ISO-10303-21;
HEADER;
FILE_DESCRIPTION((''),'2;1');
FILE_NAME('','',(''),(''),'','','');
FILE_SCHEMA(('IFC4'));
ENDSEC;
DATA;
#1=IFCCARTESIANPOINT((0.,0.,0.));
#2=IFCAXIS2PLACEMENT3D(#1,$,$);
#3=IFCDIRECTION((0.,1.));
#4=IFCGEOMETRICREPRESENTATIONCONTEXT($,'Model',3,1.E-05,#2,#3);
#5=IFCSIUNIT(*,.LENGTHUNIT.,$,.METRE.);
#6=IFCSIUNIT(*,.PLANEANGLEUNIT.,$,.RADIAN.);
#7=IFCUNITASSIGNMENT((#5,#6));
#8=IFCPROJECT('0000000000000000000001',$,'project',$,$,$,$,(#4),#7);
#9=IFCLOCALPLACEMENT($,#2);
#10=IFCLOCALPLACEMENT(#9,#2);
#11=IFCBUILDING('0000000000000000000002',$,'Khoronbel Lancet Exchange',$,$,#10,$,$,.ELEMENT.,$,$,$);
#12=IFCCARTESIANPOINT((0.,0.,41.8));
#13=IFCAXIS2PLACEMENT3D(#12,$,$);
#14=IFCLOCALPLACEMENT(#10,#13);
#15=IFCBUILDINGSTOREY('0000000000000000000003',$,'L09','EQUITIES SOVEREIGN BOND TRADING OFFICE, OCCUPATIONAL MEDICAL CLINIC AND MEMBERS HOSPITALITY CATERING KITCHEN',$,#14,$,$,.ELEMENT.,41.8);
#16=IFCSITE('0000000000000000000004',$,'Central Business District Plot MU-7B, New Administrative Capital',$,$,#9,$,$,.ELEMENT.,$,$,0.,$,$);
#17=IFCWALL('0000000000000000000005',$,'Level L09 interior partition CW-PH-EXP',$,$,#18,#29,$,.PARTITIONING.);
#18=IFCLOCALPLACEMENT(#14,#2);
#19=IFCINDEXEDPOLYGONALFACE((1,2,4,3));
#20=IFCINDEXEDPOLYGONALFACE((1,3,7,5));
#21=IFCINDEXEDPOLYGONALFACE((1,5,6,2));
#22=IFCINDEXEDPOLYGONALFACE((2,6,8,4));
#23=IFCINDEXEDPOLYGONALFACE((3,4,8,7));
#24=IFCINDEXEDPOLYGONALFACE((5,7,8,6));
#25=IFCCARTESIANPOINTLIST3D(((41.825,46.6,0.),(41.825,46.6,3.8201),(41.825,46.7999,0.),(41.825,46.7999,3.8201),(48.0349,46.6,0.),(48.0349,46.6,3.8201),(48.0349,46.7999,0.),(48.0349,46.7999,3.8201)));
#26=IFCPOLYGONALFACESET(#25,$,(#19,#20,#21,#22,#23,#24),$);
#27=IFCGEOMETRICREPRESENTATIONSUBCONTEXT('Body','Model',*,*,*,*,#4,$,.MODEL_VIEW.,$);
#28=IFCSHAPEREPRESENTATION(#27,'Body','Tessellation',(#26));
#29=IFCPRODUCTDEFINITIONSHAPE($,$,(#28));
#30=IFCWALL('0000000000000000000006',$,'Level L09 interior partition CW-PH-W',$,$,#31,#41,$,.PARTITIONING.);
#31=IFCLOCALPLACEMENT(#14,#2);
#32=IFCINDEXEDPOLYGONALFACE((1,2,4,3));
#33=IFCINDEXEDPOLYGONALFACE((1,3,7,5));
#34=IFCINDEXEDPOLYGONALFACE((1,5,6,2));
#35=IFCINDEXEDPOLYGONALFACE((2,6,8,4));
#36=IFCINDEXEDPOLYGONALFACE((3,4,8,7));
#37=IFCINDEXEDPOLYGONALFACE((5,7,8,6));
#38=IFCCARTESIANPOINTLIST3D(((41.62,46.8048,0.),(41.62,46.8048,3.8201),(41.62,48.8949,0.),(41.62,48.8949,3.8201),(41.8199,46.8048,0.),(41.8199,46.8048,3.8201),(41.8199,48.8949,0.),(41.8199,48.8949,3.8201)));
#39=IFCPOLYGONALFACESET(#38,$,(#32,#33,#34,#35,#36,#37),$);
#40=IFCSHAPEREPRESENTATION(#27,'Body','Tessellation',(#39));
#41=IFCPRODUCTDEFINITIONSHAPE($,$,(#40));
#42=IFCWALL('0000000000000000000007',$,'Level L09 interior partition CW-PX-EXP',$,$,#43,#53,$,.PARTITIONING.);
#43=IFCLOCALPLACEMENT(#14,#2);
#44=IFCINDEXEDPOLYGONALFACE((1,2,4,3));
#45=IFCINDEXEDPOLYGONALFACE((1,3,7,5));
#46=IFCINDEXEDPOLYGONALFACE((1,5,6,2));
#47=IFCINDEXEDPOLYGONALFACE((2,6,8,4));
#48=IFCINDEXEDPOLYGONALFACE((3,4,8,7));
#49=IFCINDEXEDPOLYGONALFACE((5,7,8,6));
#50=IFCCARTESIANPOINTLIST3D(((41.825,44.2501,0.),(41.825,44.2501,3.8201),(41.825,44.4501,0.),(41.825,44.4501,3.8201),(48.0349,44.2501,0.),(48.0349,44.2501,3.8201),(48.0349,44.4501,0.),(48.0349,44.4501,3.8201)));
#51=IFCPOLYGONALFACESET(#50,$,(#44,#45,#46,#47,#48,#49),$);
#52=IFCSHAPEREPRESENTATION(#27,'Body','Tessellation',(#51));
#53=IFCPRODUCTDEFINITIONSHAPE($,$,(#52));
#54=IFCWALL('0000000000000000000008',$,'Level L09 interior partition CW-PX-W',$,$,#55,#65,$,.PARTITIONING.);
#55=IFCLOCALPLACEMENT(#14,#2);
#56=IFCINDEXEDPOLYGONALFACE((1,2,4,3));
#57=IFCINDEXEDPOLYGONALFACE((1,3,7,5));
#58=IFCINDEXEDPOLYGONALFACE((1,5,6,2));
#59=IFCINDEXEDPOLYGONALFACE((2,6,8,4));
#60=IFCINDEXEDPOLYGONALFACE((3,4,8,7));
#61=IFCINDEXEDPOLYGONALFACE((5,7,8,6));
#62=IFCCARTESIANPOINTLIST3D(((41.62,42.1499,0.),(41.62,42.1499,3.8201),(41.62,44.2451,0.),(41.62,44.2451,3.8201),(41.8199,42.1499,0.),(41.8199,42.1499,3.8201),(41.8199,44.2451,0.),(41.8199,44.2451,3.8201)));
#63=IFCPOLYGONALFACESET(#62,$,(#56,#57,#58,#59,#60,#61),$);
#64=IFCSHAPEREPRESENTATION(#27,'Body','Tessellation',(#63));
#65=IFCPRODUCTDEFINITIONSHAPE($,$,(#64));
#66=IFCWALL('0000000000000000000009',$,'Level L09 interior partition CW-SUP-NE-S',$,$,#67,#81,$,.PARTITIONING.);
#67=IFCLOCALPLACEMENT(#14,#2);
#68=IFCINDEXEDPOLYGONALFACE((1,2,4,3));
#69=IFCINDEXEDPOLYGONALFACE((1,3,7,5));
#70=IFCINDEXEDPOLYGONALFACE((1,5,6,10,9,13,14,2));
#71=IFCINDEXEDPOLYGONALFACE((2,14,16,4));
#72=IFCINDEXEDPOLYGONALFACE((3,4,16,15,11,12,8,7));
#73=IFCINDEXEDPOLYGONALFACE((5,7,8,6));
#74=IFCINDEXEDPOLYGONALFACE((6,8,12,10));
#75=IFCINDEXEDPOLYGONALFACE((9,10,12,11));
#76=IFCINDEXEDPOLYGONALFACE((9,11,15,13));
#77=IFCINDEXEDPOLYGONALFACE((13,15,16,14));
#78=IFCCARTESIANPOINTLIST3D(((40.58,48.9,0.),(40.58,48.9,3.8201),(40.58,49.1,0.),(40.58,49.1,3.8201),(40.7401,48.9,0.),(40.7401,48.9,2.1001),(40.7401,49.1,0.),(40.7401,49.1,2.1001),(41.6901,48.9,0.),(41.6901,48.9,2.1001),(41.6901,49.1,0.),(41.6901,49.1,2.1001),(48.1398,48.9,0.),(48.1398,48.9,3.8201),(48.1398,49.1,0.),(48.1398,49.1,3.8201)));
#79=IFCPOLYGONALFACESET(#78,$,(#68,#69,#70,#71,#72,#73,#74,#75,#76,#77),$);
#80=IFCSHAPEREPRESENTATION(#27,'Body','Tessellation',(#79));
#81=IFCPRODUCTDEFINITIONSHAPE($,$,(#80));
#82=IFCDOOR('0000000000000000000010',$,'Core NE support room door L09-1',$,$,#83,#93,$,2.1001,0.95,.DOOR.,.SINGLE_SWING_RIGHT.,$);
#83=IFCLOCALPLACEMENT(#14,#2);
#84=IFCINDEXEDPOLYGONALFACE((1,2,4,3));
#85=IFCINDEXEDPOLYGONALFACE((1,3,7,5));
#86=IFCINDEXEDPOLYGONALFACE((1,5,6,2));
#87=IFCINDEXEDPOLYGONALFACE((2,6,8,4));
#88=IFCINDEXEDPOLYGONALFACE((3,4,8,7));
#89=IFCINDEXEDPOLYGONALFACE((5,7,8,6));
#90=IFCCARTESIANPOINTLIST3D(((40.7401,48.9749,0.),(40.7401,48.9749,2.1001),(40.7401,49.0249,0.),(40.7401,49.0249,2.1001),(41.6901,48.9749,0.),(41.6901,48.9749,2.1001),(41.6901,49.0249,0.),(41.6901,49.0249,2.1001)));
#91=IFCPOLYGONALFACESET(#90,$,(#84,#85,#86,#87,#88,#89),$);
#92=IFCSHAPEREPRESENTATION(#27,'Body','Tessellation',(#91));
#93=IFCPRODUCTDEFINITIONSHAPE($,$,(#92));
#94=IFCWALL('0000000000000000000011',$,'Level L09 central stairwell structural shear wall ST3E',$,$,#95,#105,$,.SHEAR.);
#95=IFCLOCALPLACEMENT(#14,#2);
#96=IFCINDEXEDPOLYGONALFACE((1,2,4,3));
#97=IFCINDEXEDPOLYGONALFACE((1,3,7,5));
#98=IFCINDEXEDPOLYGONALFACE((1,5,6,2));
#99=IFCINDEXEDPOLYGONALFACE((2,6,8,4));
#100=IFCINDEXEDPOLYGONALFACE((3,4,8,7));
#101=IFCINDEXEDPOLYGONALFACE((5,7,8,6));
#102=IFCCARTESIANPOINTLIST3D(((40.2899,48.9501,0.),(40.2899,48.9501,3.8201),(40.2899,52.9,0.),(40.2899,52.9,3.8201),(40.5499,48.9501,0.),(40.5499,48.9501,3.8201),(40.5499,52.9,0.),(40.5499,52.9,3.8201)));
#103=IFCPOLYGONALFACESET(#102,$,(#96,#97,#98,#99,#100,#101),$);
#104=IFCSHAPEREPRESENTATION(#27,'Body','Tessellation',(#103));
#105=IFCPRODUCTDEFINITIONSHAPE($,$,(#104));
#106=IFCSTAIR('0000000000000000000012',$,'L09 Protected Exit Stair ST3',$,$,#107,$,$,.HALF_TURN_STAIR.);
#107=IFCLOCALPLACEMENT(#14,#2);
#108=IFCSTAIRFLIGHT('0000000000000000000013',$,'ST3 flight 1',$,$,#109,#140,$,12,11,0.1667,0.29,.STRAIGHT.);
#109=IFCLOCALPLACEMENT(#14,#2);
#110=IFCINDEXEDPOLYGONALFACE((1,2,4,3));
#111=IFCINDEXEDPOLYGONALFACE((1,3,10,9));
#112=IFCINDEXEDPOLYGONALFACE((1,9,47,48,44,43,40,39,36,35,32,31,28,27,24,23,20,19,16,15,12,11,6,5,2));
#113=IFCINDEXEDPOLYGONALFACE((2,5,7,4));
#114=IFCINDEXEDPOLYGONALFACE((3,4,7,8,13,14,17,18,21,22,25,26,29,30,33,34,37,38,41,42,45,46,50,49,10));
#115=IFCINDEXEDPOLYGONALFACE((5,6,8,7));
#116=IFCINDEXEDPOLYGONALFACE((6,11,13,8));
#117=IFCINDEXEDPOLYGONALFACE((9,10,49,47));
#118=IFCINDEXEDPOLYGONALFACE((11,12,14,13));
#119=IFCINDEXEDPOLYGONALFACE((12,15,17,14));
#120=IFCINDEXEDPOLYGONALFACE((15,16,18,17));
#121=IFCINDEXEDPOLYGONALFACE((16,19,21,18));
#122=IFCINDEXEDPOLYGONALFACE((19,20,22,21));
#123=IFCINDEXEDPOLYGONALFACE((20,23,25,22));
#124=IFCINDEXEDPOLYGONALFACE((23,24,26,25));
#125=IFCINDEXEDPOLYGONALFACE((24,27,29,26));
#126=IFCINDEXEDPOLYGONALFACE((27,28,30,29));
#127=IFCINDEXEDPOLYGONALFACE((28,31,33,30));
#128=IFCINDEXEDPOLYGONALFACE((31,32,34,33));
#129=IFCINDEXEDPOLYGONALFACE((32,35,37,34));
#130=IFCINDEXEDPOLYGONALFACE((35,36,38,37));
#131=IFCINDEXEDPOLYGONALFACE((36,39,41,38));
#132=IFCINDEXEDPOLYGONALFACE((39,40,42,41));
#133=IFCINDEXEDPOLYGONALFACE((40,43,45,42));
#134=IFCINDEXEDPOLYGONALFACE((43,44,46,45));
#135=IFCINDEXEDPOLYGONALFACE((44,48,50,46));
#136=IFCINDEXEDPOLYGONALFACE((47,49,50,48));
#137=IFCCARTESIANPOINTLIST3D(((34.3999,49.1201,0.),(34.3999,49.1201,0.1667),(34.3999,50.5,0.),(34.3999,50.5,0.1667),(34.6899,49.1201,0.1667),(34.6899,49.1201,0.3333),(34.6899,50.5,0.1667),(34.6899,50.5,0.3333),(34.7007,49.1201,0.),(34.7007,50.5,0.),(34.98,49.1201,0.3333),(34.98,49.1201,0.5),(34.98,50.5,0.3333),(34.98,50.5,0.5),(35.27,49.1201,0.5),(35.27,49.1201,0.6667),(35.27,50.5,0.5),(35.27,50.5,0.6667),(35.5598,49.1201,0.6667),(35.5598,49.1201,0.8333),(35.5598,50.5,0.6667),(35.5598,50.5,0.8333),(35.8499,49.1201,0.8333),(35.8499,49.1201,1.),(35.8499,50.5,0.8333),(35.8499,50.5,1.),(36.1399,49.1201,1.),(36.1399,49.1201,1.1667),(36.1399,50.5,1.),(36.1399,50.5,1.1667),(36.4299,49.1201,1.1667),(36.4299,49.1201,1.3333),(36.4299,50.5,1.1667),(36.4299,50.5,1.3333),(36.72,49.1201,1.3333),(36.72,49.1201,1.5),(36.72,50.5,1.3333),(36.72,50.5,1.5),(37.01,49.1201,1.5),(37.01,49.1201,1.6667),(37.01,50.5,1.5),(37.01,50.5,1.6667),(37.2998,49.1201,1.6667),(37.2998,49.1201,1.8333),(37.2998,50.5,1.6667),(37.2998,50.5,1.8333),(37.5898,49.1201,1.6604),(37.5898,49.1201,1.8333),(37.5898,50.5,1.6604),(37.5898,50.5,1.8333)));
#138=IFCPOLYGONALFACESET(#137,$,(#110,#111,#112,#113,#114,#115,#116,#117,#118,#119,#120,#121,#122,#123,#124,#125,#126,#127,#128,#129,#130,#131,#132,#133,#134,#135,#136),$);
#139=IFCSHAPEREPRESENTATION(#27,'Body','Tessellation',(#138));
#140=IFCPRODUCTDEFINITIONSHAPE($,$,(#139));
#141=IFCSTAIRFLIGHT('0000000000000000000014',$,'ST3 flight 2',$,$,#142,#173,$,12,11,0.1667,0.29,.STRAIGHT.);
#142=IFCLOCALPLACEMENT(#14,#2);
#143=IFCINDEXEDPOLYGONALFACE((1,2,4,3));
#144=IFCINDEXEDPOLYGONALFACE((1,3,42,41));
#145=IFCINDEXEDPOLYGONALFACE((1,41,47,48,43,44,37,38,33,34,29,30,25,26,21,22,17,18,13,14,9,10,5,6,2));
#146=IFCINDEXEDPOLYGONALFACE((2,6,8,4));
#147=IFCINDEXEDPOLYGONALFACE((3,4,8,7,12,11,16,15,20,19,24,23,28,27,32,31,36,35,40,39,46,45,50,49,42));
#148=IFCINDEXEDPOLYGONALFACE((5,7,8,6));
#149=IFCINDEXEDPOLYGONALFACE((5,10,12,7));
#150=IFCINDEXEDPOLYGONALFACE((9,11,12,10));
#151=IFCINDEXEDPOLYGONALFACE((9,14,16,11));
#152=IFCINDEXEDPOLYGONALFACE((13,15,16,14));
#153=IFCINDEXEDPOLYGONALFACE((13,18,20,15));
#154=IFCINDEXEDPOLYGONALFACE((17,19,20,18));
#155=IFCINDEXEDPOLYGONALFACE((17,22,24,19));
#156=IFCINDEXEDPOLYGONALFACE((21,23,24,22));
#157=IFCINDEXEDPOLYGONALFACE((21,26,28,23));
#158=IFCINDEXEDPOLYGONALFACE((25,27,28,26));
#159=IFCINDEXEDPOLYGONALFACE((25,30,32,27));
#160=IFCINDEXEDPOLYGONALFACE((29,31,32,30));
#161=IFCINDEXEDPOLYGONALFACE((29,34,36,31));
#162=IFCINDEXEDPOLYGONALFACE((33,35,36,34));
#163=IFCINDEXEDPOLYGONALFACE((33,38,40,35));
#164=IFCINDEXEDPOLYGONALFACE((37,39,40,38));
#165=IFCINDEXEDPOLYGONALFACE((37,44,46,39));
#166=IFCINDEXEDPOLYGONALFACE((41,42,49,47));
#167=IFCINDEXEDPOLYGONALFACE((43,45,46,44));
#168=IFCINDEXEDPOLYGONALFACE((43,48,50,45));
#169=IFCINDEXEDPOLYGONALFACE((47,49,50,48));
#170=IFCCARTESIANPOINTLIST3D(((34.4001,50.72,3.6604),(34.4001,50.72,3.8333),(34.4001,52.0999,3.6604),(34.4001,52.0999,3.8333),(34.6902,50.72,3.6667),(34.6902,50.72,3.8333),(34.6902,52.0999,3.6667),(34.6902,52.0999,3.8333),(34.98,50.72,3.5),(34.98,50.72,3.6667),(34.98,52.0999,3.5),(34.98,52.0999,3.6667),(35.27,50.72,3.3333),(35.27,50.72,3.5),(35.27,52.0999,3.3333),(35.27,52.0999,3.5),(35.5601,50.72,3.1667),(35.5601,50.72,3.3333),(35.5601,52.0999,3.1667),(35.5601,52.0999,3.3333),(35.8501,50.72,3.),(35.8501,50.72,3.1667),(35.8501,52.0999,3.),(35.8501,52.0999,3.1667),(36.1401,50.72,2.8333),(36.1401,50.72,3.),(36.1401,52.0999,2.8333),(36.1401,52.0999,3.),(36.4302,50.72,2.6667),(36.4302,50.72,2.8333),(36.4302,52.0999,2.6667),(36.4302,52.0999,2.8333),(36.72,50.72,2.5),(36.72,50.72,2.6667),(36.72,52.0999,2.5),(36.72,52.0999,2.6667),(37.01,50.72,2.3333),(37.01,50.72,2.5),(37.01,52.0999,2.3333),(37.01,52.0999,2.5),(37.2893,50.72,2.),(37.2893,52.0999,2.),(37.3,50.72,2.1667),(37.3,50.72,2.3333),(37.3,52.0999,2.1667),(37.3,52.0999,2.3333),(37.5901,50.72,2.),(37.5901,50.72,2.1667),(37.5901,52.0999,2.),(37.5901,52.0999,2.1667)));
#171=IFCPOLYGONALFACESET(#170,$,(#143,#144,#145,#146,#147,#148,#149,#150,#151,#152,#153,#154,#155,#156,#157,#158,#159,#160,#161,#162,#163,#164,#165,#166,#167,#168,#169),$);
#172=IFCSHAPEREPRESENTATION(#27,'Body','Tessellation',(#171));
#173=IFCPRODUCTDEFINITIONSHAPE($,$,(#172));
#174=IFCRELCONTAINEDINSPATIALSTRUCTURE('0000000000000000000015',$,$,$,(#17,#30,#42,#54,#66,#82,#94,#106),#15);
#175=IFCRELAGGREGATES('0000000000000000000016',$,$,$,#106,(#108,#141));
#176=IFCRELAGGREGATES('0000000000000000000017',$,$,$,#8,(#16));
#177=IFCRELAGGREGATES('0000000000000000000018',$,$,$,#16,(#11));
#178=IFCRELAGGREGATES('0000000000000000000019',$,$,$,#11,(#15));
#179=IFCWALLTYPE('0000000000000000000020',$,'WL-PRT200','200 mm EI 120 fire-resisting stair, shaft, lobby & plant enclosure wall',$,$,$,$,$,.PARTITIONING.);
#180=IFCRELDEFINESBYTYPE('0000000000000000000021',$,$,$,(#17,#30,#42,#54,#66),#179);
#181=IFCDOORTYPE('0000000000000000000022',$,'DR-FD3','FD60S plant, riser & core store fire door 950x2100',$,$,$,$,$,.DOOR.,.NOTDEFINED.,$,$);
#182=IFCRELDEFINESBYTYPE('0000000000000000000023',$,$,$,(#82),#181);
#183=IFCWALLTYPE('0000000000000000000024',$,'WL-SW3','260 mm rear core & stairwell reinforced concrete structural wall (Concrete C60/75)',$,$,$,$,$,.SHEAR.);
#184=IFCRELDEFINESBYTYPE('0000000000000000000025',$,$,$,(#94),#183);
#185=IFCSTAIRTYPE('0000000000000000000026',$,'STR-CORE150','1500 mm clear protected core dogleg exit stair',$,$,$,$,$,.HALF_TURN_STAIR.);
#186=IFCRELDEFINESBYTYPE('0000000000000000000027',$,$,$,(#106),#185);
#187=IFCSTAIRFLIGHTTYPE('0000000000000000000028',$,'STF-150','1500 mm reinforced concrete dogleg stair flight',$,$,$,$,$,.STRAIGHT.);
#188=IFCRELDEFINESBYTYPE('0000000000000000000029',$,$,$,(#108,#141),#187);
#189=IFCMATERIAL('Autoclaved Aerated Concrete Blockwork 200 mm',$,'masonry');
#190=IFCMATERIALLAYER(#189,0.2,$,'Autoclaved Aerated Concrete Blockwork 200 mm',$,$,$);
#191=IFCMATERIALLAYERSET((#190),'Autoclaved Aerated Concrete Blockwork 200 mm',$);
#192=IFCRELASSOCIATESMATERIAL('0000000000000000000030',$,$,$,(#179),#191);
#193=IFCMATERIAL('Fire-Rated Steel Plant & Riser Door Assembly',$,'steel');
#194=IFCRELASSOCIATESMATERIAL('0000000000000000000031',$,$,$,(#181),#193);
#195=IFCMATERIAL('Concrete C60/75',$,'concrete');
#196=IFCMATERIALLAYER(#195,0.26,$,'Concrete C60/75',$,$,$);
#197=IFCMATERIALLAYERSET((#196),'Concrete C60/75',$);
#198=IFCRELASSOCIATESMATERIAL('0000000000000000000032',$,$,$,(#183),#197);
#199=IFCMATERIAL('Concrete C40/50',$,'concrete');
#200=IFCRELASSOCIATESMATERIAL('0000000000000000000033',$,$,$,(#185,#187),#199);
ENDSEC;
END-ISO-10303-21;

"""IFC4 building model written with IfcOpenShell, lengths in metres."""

from ifc_helpers import new_model, si_unit, direction, frame, frame_2d, origin, place, context, subcontext, project, spatial, polyline, rectangle, outline, extrude, material, layer, layer_set, type_object, element, fill, aggregate, save


model = new_model("IFC4")

# Units and contexts
model_context = context("Model", 3, precision=1e-05, world=origin(), true_north=direction((0.0, 1.0)))
body_context = subcontext(model_context, "Body", "Model", "MODEL_VIEW")
ifc_project = project(units=[si_unit("LENGTHUNIT", "METRE"), si_unit("PLANEANGLEUNIT", "RADIAN")], contexts=[model_context])

# Site, building, storey
site_placement = place(None, origin())
site = spatial("IfcSite", under=ifc_project, at=site_placement, Name="Central Business District Plot MU-7B, New Administrative Capital", CompositionType="ELEMENT", RefElevation=0.0)
building_placement = place(site_placement, origin())
building = spatial("IfcBuilding", under=site, at=building_placement, Name="Khoronbel Lancet Exchange", CompositionType="ELEMENT")
storey_placement = place(building_placement, frame((0.0, 0.0, 41.8)))
storey = spatial("IfcBuildingStorey", under=building, at=storey_placement, Name="L09", Description="EQUITIES SOVEREIGN BOND TRADING OFFICE, OCCUPATIONAL MEDICAL CLINIC AND MEMBERS HOSPITALITY CATERING KITCHEN", CompositionType="ELEMENT", Elevation=41.8)

# Walls
ifc_material_1 = material(Name="Autoclaved Aerated Concrete Blockwork 200 mm", Category="masonry")
ifc_layer_1 = layer(ifc_material_1, 0.2, Name="Autoclaved Aerated Concrete Blockwork 200 mm")
ifc_layer_set_1 = layer_set([ifc_layer_1], Name="Autoclaved Aerated Concrete Blockwork 200 mm")
wall_type_1 = type_object("IfcWallType", Name="WL-PRT200", Description="200 mm EI 120 fire-resisting stair, shaft, lobby & plant enclosure wall", PredefinedType="PARTITIONING", material=ifc_layer_set_1)
wall_1_placement = place(storey_placement, frame((41.825, 46.7, 0.0), z_axis=(0.0, 0.0, 1.0), x_axis=(1.0, 0.0, 0.0)))
element("IfcWall", 1, at=wall_1_placement, inside=storey, type_object=wall_type_1, Name="Level L09 interior partition CW-PH-EXP", PredefinedType="PARTITIONING", context=body_context, shape_type="SweptSolid", body=[
    extrude(rectangle(XDim=6.21, YDim=0.2, at=frame_2d((3.105, 0.0))), origin(), (0.0, 0.0, 1.0), 3.8201),
])
wall_2_placement = place(storey_placement, frame((41.72, 46.8049, 0.0), z_axis=(0.0, 0.0, 1.0), x_axis=(0.0, 1.0, 0.0)))
element("IfcWall", 2, at=wall_2_placement, inside=storey, type_object=wall_type_1, Name="Level L09 interior partition CW-PH-W", PredefinedType="PARTITIONING", context=body_context, shape_type="SweptSolid", body=[
    extrude(rectangle(XDim=2.0901, YDim=0.2, at=frame_2d((1.0449, 0.0))), origin(), (0.0, 0.0, 1.0), 3.8201),
])
wall_3_placement = place(storey_placement, frame((41.825, 44.3501, 0.0), z_axis=(0.0, 0.0, 1.0), x_axis=(1.0, 0.0, 0.0)))
element("IfcWall", 3, at=wall_3_placement, inside=storey, type_object=wall_type_1, Name="Level L09 interior partition CW-PX-EXP", PredefinedType="PARTITIONING", context=body_context, shape_type="SweptSolid", body=[
    extrude(rectangle(XDim=6.21, YDim=0.2, at=frame_2d((3.105, 0.0))), origin(), (0.0, 0.0, 1.0), 3.8201),
])
wall_4_placement = place(storey_placement, frame((41.72, 42.1499, 0.0), z_axis=(0.0, 0.0, 1.0), x_axis=(0.0, 1.0, 0.0)))
element("IfcWall", 4, at=wall_4_placement, inside=storey, type_object=wall_type_1, Name="Level L09 interior partition CW-PX-W", PredefinedType="PARTITIONING", context=body_context, shape_type="SweptSolid", body=[
    extrude(rectangle(XDim=2.0952, YDim=0.2, at=frame_2d((1.0476, 0.0))), origin(), (0.0, 0.0, 1.0), 3.8201),
])

# Wall, opening, door
wall_5_placement = place(storey_placement, frame((40.5801, 49.0, 0.0), z_axis=(0.0, 0.0, 1.0), x_axis=(1.0, 0.0, 0.0)))
wall_5 = element("IfcWall", 5, at=wall_5_placement, inside=storey, type_object=wall_type_1, Name="Level L09 interior partition CW-SUP-NE-S", PredefinedType="PARTITIONING", context=body_context, shape_type="SweptSolid", body=[
    extrude(rectangle(XDim=7.5598, YDim=0.2, at=frame_2d((3.7798, 0.0))), origin(), (0.0, 0.0, 1.0), 3.8201),
])
opening_1_placement = place(wall_5_placement, frame((0.1599, 0.0, 0.0)))
opening_1 = element("IfcOpeningElement", 6, at=opening_1_placement, cuts=wall_5, PredefinedType="OPENING", context=body_context, shape_type="SweptSolid", body=[
    extrude(rectangle(XDim=0.95, YDim=2.1001, at=frame_2d((0.4751, 1.05))), frame((0.0, 0.1099, 0.0), z_axis=(0.0, -1.0, 0.0), x_axis=(1.0, 0.0, 0.0)), (0.0, 0.0, 1.0), 0.22),
])
ifc_material_2 = material(Name="Fire-Rated Steel Plant & Riser Door Assembly", Category="steel")
door_type_1 = type_object("IfcDoorType", Name="DR-FD3", Description="FD60S plant, riser & core store fire door 950x2100", OperationType="NOTDEFINED", PredefinedType="DOOR", material=ifc_material_2)
door_1_placement = place(opening_1_placement, origin())
door_1 = element("IfcDoor", 7, at=door_1_placement, inside=storey, type_object=door_type_1, Name="Core NE support room door L09-1", OperationType="SINGLE_SWING_RIGHT", OverallHeight=2.1001, OverallWidth=0.95, PredefinedType="DOOR", context=body_context, shape_type="SweptSolid", body=[
    extrude(rectangle(XDim=0.95, YDim=2.1001, at=frame_2d((0.4751, 1.05))), frame((0.0, 0.0249, 0.0), z_axis=(0.0, -1.0, 0.0), x_axis=(1.0, 0.0, 0.0)), (0.0, 0.0, 1.0), 0.05),
])
fill(opening_1, door_1)

# Wall
ifc_material_3 = material(Name="Concrete C60/75", Category="concrete")
ifc_layer_2 = layer(ifc_material_3, 0.26, Name="Concrete C60/75")
ifc_layer_set_2 = layer_set([ifc_layer_2], Name="Concrete C60/75")
wall_type_2 = type_object("IfcWallType", Name="WL-SW3", Description="260 mm rear core & stairwell reinforced concrete structural wall (Concrete C60/75)", PredefinedType="SHEAR", material=ifc_layer_set_2)
wall_6_placement = place(storey_placement, frame((40.4199, 48.95, 0.0), z_axis=(0.0, 0.0, 1.0), x_axis=(0.0, 1.0, 0.0)))
element("IfcWall", 8, at=wall_6_placement, inside=storey, type_object=wall_type_2, Name="Level L09 central stairwell structural shear wall ST3E", PredefinedType="SHEAR", context=body_context, shape_type="SweptSolid", body=[
    extrude(rectangle(XDim=3.95, YDim=0.26, at=frame_2d((1.9751, 0.0))), origin(), (0.0, 0.0, 1.0), 3.8201),
])

# Stair, stair flights
ifc_material_4 = material(Name="Concrete C40/50", Category="concrete")
stair_type = type_object("IfcStairType", Name="STR-CORE150", Description="1500 mm clear protected core dogleg exit stair", PredefinedType="HALF_TURN_STAIR", material=ifc_material_4)
stair_placement = place(storey_placement, origin())
stair = element("IfcStair", 9, at=stair_placement, inside=storey, type_object=stair_type, Name="L09 Protected Exit Stair ST3", PredefinedType="HALF_TURN_STAIR")
stair_flight_type = type_object("IfcStairFlightType", Name="STF-150", Description="1500 mm reinforced concrete dogleg stair flight", PredefinedType="STRAIGHT", material=ifc_material_4)
stair_flight_1_placement = place(storey_placement, frame((34.3999, 49.8101, 0.0), z_axis=(0.0, 0.0, 1.0), x_axis=(1.0, 0.0, 0.0)))
stair_flight_1 = element("IfcStairFlight", 10, at=stair_flight_1_placement, type_object=stair_flight_type, Name="ST3 flight 1", NumberOfRisers=12, NumberOfTreads=11, PredefinedType="STRAIGHT", RiserHeight=0.1667, TreadLength=0.29, context=body_context, shape_type="SweptSolid", body=[
    extrude(outline(polyline([(0.0, 0.0), (0.0, 0.1667), (0.29, 0.1667), (0.29, 0.3333), (0.5801, 0.3333), (0.5801, 0.5), (0.8701, 0.5), (0.8701, 0.6667), (1.1599, 0.6667), (1.1599, 0.8333), (1.45, 0.8333), (1.45, 1.0), (1.74, 1.0), (1.74, 1.1667), (2.03, 1.1667), (2.03, 1.3333), (2.3201, 1.3333), (2.3201, 1.5), (2.6101, 1.5), (2.6101, 1.6667), (2.8999, 1.6667), (2.8999, 1.8333), (3.1899, 1.8333), (3.1899, 2.0), (3.1899, 1.6604), (0.3008, 0.0), (0.0, 0.0)])), frame((0.0, 0.6899, 0.0), z_axis=(0.0, -1.0, 0.0), x_axis=(1.0, 0.0, 0.0)), (0.0, 0.0, 1.0), 1.3799),
])
stair_flight_2_placement = place(storey_placement, frame((37.5901, 51.4099, 2.0), z_axis=(0.0, 0.0, 1.0), x_axis=(-1.0, 0.0, 0.0)))
stair_flight_2 = element("IfcStairFlight", 11, at=stair_flight_2_placement, type_object=stair_flight_type, Name="ST3 flight 2", NumberOfRisers=12, NumberOfTreads=11, PredefinedType="STRAIGHT", RiserHeight=0.1667, TreadLength=0.29, context=body_context, shape_type="SweptSolid", body=[
    extrude(outline(polyline([(0.0, 0.0), (0.0, 0.1667), (0.29, 0.1667), (0.29, 0.3333), (0.5801, 0.3333), (0.5801, 0.5), (0.8701, 0.5), (0.8701, 0.6667), (1.1599, 0.6667), (1.1599, 0.8333), (1.45, 0.8333), (1.45, 1.0), (1.74, 1.0), (1.74, 1.1667), (2.03, 1.1667), (2.03, 1.3333), (2.3201, 1.3333), (2.3201, 1.5), (2.6101, 1.5), (2.6101, 1.6667), (2.8999, 1.6667), (2.8999, 1.8333), (3.1899, 1.8333), (3.1899, 2.0), (3.1899, 1.6604), (0.3008, 0.0), (0.0, 0.0)])), frame((0.0, 0.6899, 0.0), z_axis=(0.0, -1.0, 0.0), x_axis=(1.0, 0.0, 0.0)), (0.0, 0.0, 1.0), 1.3799),
])
aggregate(stair, [stair_flight_1, stair_flight_2])

save(model, "model.ifc")
